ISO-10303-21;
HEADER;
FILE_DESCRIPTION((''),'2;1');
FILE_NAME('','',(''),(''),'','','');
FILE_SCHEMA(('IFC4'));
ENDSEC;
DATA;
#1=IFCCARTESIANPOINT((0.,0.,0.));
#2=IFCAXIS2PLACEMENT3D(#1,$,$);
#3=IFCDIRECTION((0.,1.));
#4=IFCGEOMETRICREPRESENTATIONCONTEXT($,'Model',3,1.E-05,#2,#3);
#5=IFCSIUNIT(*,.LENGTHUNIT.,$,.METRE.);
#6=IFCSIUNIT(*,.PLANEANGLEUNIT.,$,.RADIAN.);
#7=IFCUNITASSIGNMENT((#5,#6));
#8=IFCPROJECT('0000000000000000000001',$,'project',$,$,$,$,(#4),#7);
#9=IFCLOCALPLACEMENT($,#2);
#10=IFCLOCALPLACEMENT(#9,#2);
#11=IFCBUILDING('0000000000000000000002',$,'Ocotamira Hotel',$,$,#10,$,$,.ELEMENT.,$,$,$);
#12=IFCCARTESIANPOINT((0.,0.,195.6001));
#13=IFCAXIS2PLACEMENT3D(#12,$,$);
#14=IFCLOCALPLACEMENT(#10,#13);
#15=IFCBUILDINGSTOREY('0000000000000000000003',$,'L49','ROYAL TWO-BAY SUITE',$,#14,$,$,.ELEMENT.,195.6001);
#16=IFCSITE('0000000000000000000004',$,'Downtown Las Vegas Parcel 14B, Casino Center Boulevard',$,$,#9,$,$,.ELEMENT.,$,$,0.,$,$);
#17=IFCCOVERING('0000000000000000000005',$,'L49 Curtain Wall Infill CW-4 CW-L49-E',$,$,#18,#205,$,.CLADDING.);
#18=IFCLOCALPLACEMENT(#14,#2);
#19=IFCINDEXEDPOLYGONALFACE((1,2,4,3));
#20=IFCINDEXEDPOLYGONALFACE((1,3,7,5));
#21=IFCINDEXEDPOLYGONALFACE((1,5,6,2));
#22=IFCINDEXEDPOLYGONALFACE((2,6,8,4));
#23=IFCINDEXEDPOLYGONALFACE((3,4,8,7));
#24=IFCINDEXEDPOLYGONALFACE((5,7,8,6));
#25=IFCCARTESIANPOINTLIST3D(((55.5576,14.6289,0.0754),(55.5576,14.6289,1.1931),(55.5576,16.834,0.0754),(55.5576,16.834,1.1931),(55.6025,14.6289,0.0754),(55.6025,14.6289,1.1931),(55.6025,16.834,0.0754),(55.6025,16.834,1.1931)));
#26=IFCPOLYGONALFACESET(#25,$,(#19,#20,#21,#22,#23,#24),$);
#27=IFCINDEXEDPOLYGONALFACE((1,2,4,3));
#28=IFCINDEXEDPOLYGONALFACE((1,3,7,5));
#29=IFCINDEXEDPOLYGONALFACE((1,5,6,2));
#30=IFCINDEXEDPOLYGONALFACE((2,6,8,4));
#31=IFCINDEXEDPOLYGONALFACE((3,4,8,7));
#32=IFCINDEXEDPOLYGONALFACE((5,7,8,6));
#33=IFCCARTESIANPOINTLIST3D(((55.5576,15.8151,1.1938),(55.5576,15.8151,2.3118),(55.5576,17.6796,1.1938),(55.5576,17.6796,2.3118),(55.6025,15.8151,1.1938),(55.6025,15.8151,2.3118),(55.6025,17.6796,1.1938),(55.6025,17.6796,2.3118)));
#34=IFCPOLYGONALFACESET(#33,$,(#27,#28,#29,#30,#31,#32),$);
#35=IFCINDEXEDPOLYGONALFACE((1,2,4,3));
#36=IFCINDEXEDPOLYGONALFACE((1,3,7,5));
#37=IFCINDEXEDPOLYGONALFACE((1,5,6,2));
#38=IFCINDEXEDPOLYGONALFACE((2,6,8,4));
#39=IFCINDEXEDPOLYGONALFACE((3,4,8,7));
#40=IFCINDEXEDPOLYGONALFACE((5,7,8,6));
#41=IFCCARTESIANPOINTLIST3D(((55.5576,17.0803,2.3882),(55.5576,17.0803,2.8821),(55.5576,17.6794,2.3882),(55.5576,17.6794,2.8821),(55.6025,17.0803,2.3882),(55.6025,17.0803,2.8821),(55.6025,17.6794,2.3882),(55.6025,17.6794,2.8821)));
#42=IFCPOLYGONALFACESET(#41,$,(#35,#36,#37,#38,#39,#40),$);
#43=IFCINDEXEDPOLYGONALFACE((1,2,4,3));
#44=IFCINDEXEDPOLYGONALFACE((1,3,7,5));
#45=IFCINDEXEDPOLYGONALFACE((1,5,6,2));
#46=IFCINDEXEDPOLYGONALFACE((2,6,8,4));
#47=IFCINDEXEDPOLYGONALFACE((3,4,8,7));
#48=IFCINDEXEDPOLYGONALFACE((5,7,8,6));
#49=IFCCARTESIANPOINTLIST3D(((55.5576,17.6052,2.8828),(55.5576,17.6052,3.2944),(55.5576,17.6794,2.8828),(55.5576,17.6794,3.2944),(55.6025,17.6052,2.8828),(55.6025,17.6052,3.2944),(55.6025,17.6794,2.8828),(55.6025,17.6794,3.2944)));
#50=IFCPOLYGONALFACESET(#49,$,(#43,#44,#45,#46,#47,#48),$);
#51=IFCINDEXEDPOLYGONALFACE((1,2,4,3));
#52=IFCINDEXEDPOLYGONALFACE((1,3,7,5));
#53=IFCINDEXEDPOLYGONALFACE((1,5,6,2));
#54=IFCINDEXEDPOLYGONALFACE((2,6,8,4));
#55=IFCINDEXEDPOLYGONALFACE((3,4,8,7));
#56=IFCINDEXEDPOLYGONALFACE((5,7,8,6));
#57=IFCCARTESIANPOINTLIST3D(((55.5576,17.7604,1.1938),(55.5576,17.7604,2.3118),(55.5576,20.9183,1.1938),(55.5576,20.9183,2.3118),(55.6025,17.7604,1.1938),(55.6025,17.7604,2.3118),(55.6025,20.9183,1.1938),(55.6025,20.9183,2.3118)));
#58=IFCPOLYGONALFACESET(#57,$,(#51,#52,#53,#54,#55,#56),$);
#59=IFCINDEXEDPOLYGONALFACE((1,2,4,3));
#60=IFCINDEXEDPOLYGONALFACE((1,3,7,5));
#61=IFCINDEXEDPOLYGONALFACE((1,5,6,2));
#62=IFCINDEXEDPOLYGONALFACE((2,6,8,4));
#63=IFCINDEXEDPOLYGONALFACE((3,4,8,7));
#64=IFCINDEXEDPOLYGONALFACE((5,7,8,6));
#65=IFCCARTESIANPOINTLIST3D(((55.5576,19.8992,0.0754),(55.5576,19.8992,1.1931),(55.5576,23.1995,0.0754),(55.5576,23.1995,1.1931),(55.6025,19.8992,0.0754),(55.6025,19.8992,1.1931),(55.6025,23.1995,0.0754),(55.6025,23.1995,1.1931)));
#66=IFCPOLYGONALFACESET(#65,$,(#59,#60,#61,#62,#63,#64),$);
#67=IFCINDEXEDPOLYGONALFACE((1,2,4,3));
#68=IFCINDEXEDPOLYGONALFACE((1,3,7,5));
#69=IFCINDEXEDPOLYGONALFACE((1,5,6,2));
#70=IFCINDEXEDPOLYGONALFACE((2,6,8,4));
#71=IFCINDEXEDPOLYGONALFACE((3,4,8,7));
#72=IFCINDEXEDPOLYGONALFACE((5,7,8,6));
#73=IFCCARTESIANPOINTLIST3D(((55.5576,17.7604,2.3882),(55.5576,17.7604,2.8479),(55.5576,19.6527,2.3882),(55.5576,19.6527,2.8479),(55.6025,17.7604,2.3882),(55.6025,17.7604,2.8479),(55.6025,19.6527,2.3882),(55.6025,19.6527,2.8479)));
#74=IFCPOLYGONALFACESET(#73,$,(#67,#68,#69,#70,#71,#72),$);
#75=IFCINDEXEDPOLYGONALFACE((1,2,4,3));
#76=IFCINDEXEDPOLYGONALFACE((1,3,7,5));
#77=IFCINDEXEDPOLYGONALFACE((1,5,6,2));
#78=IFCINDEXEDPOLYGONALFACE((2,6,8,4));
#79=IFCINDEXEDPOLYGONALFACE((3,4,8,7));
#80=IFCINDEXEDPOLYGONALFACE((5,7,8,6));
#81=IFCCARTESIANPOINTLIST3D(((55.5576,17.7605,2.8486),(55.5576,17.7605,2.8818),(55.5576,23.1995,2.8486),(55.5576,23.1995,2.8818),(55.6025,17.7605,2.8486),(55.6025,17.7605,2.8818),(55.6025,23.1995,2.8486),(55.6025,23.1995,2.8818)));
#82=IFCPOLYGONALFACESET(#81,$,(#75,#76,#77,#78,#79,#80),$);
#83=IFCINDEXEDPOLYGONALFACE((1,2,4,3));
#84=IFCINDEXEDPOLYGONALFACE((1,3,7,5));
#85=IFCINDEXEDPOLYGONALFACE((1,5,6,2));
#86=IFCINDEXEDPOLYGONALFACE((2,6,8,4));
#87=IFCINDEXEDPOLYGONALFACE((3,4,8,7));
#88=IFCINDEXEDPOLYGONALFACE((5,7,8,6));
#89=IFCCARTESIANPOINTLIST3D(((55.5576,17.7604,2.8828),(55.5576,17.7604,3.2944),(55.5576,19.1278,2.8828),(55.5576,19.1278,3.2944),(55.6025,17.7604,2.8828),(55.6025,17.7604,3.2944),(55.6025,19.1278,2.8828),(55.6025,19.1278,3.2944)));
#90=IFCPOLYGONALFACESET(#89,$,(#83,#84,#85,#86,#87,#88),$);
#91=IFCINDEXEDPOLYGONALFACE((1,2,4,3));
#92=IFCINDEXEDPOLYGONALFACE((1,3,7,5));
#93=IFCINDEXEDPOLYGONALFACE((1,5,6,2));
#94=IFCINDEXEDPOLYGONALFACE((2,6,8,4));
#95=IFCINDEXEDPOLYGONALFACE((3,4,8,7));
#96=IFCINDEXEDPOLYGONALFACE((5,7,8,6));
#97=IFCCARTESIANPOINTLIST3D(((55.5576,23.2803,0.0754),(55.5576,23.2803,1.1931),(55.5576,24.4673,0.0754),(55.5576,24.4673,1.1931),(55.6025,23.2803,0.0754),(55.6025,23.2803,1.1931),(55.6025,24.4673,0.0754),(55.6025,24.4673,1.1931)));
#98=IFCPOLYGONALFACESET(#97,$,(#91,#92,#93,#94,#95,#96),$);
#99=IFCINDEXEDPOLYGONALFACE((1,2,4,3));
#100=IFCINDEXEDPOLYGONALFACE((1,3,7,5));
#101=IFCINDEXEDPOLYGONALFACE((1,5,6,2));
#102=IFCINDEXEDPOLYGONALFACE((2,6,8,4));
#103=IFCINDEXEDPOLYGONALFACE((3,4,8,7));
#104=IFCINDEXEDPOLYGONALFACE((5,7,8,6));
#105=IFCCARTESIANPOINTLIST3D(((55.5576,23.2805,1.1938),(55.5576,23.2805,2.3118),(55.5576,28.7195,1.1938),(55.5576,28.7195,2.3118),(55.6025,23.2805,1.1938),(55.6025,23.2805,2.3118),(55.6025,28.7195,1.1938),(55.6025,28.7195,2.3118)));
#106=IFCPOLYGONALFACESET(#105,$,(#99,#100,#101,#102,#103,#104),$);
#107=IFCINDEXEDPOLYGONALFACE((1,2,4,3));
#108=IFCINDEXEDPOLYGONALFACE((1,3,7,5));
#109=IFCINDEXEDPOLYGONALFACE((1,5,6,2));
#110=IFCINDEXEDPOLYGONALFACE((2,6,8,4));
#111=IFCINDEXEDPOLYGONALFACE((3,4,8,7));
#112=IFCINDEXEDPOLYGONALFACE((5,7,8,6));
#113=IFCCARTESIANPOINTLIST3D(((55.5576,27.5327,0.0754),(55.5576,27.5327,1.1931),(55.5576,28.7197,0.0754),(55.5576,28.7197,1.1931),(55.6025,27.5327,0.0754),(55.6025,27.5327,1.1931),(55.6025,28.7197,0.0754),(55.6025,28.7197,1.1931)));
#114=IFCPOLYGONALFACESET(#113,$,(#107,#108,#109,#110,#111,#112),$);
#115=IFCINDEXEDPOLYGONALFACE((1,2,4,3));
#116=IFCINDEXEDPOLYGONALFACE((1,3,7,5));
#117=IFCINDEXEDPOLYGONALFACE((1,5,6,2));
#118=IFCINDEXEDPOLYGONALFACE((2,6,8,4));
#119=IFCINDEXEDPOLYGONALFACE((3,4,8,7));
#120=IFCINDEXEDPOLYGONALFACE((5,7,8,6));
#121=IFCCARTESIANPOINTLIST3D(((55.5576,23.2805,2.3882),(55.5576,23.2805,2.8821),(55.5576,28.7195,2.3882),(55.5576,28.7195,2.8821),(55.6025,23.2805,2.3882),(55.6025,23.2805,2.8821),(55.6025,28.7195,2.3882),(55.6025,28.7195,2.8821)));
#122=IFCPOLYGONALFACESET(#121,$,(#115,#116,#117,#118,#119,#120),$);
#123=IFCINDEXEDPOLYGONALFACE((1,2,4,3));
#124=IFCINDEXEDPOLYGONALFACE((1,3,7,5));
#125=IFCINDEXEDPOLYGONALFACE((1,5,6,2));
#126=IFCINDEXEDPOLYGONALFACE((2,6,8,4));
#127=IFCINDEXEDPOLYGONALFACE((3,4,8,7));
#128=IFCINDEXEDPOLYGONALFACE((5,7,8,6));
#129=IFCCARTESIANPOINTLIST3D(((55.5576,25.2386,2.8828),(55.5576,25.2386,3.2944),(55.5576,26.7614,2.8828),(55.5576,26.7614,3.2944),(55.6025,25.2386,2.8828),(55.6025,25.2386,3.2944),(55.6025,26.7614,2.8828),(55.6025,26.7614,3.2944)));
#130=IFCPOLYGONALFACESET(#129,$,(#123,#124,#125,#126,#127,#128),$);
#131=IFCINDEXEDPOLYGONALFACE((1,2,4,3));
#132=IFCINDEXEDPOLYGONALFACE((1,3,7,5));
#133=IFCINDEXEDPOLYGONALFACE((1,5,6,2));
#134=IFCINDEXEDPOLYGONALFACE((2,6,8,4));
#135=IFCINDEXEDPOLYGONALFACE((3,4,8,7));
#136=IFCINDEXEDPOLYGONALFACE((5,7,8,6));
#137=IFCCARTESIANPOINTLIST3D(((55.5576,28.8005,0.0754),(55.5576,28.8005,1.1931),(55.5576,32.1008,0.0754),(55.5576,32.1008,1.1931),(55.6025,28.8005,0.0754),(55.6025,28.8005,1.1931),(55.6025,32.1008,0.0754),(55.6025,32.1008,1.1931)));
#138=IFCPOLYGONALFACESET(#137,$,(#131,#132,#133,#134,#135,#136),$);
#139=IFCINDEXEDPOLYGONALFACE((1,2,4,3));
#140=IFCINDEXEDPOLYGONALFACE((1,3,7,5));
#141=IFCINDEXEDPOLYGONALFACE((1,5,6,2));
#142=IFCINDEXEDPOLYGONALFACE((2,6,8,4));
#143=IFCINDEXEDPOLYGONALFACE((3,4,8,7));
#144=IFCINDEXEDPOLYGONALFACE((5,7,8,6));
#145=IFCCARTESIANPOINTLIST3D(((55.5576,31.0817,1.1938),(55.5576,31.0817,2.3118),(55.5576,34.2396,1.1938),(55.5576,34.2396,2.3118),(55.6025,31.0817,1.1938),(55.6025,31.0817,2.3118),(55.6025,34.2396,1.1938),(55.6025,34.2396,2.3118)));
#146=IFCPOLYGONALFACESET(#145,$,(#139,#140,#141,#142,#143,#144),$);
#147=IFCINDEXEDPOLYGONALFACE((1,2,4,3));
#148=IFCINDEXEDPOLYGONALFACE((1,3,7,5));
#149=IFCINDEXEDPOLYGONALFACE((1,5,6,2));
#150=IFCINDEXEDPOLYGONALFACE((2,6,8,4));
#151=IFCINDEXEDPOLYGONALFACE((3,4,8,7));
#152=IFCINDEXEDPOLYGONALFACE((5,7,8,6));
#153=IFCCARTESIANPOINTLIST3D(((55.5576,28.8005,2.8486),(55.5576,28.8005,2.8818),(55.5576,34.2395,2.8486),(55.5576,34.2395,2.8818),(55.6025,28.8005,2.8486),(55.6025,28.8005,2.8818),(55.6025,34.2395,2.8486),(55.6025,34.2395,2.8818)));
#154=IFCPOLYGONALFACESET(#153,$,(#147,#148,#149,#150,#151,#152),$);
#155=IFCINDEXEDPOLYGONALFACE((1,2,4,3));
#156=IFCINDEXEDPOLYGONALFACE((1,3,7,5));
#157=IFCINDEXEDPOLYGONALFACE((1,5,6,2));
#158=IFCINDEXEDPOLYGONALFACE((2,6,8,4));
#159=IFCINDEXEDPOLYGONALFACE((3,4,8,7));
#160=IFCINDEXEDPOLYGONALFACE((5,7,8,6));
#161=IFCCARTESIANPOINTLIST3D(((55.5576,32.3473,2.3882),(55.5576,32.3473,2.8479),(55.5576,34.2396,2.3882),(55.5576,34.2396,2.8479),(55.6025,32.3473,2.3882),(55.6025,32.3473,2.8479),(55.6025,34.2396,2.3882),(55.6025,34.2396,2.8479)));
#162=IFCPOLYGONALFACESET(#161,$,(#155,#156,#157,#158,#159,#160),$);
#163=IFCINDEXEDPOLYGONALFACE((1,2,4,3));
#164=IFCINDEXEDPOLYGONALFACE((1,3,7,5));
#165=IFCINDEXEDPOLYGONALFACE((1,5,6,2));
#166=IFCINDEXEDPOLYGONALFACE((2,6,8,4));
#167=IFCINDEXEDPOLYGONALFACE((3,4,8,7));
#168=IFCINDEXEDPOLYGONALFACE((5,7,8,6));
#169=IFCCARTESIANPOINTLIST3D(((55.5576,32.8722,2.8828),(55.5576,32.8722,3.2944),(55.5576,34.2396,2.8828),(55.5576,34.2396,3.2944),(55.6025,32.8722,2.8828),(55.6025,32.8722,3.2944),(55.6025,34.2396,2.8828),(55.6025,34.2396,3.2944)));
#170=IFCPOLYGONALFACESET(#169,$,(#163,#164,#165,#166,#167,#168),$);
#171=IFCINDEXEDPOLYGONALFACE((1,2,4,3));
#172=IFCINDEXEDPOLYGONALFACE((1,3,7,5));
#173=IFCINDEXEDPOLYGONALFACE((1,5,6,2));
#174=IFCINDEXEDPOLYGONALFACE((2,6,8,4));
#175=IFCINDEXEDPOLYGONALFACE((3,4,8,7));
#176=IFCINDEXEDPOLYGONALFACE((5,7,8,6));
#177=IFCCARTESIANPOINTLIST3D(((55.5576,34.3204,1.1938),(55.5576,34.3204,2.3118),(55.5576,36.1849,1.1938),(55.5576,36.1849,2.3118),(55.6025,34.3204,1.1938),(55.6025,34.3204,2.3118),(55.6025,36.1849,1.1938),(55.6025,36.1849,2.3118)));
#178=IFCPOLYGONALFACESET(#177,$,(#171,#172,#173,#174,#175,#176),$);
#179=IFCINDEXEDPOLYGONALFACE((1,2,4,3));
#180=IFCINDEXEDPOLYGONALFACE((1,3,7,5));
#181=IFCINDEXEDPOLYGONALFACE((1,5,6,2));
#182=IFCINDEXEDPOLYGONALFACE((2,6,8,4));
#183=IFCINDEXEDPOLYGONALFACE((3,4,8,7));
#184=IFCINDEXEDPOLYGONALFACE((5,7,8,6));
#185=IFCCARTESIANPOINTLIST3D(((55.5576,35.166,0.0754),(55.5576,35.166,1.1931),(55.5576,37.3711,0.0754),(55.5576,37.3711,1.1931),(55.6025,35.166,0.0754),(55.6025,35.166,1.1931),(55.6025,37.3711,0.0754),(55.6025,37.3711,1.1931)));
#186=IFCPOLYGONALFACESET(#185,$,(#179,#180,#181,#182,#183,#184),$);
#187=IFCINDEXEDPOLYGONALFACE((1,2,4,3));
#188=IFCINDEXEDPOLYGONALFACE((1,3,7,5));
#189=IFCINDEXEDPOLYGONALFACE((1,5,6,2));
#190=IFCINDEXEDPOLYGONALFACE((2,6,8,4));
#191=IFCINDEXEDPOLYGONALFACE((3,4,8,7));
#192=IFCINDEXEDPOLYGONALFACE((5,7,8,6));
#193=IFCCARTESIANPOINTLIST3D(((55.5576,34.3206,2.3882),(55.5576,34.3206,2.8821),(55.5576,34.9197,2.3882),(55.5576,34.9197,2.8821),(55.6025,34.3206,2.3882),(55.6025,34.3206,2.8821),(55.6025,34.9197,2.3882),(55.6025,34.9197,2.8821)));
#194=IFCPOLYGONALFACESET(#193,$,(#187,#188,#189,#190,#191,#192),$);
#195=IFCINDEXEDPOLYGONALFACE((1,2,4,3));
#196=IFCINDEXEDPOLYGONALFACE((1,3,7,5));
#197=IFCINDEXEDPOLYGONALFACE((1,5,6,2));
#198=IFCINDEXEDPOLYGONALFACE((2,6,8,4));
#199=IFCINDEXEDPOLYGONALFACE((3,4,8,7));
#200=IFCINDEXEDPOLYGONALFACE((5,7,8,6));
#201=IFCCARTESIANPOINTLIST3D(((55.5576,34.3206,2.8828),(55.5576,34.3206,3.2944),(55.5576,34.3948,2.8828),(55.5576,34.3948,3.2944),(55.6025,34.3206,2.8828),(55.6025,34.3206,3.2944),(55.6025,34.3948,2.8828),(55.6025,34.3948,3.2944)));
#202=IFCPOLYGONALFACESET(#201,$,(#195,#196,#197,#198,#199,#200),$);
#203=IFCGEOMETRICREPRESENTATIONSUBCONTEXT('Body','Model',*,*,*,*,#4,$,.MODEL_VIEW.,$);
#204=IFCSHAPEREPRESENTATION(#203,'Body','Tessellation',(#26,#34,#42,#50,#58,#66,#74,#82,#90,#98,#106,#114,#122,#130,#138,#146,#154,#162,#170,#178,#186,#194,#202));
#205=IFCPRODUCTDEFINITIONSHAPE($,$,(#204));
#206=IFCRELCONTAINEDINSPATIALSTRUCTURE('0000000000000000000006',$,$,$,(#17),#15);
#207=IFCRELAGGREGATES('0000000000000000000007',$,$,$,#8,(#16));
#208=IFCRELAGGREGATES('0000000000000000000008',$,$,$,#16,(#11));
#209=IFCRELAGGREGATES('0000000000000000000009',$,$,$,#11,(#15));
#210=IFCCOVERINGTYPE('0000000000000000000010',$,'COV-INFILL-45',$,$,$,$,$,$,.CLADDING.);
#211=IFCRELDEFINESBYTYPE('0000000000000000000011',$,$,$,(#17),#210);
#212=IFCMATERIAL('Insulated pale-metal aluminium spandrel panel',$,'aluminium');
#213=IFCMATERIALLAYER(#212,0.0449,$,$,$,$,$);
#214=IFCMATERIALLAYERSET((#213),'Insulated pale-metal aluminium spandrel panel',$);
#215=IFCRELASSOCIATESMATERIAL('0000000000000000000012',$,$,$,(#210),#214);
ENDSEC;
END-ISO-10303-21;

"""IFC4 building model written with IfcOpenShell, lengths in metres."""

from ifc_helpers import new_model, si_unit, direction, frame, origin, origin_2d, place, context, subcontext, project, spatial, rectangle, extrude, material, layer, layer_set, type_object, element, save


model = new_model("IFC4")

# Units and contexts
model_context = context("Model", 3, precision=1e-05, world=origin(), true_north=direction((0.0, 1.0)))
body_context = subcontext(model_context, "Body", "Model", "MODEL_VIEW")
ifc_project = project(units=[si_unit("LENGTHUNIT", "METRE"), si_unit("PLANEANGLEUNIT", "RADIAN")], contexts=[model_context])

# Site, building, storey
site_placement = place(None, origin())
site = spatial("IfcSite", under=ifc_project, at=site_placement, Name="Downtown Las Vegas Parcel 14B, Casino Center Boulevard", CompositionType="ELEMENT", RefElevation=0.0)
building_placement = place(site_placement, origin())
building = spatial("IfcBuilding", under=site, at=building_placement, Name="Ocotamira Hotel", CompositionType="ELEMENT")
storey_placement = place(building_placement, frame((0.0, 0.0, 195.6001)))
storey = spatial("IfcBuildingStorey", under=building, at=storey_placement, Name="L49", Description="ROYAL TWO-BAY SUITE", CompositionType="ELEMENT", Elevation=195.6001)

# Covering
ifc_material_1 = material(Name="Insulated pale-metal aluminium spandrel panel", Category="aluminium")
ifc_layer_1 = layer(ifc_material_1, 0.0449)
ifc_layer_set_1 = layer_set([ifc_layer_1], Name="Insulated pale-metal aluminium spandrel panel")
covering_type_1 = type_object("IfcCoveringType", Name="COV-INFILL-45", PredefinedType="CLADDING", material=ifc_layer_set_1)
covering_1_placement = place(storey_placement, origin())
element("IfcCovering", 1, at=covering_1_placement, inside=storey, type_object=covering_type_1, Name="L49 Curtain Wall Infill CW-4 CW-L49-E", PredefinedType="CLADDING", context=body_context, shape_type="SweptSolid", body=[
    extrude(rectangle(XDim=2.2051, YDim=0.0449, at=origin_2d()), frame((55.5801, 15.7314, 0.0754), z_axis=(0.0, 0.0, 1.0), x_axis=(0.0, 1.0, 0.0)), (0.0, 0.0, 1.0), 1.1177),
    extrude(rectangle(XDim=1.8645, YDim=0.0449, at=origin_2d()), frame((55.5801, 16.7473, 1.1938), z_axis=(0.0, 0.0, 1.0), x_axis=(0.0, 1.0, 0.0)), (0.0, 0.0, 1.0), 1.1179),
    extrude(rectangle(XDim=0.5991, YDim=0.0449, at=origin_2d()), frame((55.5801, 17.3799, 2.3882), z_axis=(0.0, 0.0, 1.0), x_axis=(0.0, 1.0, 0.0)), (0.0, 0.0, 1.0), 0.4939),
    extrude(rectangle(XDim=0.0742, YDim=0.0449, at=origin_2d()), frame((55.5801, 17.6423, 2.8828), z_axis=(0.0, 0.0, 1.0), x_axis=(0.0, 1.0, 0.0)), (0.0, 0.0, 1.0), 0.4116),
    extrude(rectangle(XDim=3.158, YDim=0.0449, at=origin_2d()), frame((55.5801, 19.3394, 1.1938), z_axis=(0.0, 0.0, 1.0), x_axis=(0.0, 1.0, 0.0)), (0.0, 0.0, 1.0), 1.1179),
    extrude(rectangle(XDim=3.3003, YDim=0.0449, at=origin_2d()), frame((55.5801, 21.5493, 0.0754), z_axis=(0.0, 0.0, 1.0), x_axis=(0.0, 1.0, 0.0)), (0.0, 0.0, 1.0), 1.1177),
    extrude(rectangle(XDim=1.8923, YDim=0.0449, at=origin_2d()), frame((55.5801, 18.7065, 2.3882), z_axis=(0.0, 0.0, 1.0), x_axis=(0.0, 1.0, 0.0)), (0.0, 0.0, 1.0), 0.4597),
    extrude(rectangle(XDim=5.439, YDim=0.0449, at=origin_2d()), frame((55.5801, 20.48, 2.8486), z_axis=(0.0, 0.0, 1.0), x_axis=(0.0, 1.0, 0.0)), (0.0, 0.0, 1.0), 0.0332),
    extrude(rectangle(XDim=1.3674, YDim=0.0449, at=origin_2d()), frame((55.5801, 18.4441, 2.8828), z_axis=(0.0, 0.0, 1.0), x_axis=(0.0, 1.0, 0.0)), (0.0, 0.0, 1.0), 0.4116),
    extrude(rectangle(XDim=1.187, YDim=0.0449, at=origin_2d()), frame((55.5801, 23.8738, 0.0754), z_axis=(0.0, 0.0, 1.0), x_axis=(0.0, 1.0, 0.0)), (0.0, 0.0, 1.0), 1.1177),
    extrude(rectangle(XDim=5.439, YDim=0.0449, at=origin_2d()), frame((55.5801, 26.0, 1.1938), z_axis=(0.0, 0.0, 1.0), x_axis=(0.0, 1.0, 0.0)), (0.0, 0.0, 1.0), 1.1179),
    extrude(rectangle(XDim=1.187, YDim=0.0449, at=origin_2d()), frame((55.5801, 28.1262, 0.0754), z_axis=(0.0, 0.0, 1.0), x_axis=(0.0, 1.0, 0.0)), (0.0, 0.0, 1.0), 1.1177),
    extrude(rectangle(XDim=5.439, YDim=0.0449, at=origin_2d()), frame((55.5801, 26.0, 2.3882), z_axis=(0.0, 0.0, 1.0), x_axis=(0.0, 1.0, 0.0)), (0.0, 0.0, 1.0), 0.4939),
    extrude(rectangle(XDim=1.5227, YDim=0.0449, at=origin_2d()), frame((55.5801, 26.0, 2.8828), z_axis=(0.0, 0.0, 1.0), x_axis=(0.0, 1.0, 0.0)), (0.0, 0.0, 1.0), 0.4116),
    extrude(rectangle(XDim=3.3003, YDim=0.0449, at=origin_2d()), frame((55.5801, 30.4507, 0.0754), z_axis=(0.0, 0.0, 1.0), x_axis=(0.0, 1.0, 0.0)), (0.0, 0.0, 1.0), 1.1177),
    extrude(rectangle(XDim=3.158, YDim=0.0449, at=origin_2d()), frame((55.5801, 32.6606, 1.1938), z_axis=(0.0, 0.0, 1.0), x_axis=(0.0, 1.0, 0.0)), (0.0, 0.0, 1.0), 1.1179),
    extrude(rectangle(XDim=5.439, YDim=0.0449, at=origin_2d()), frame((55.5801, 31.52, 2.8486), z_axis=(0.0, 0.0, 1.0), x_axis=(0.0, 1.0, 0.0)), (0.0, 0.0, 1.0), 0.0332),
    extrude(rectangle(XDim=1.8923, YDim=0.0449, at=origin_2d()), frame((55.5801, 33.2935, 2.3882), z_axis=(0.0, 0.0, 1.0), x_axis=(0.0, 1.0, 0.0)), (0.0, 0.0, 1.0), 0.4597),
    extrude(rectangle(XDim=1.3674, YDim=0.0449, at=origin_2d()), frame((55.5801, 33.5559, 2.8828), z_axis=(0.0, 0.0, 1.0), x_axis=(0.0, 1.0, 0.0)), (0.0, 0.0, 1.0), 0.4116),
    extrude(rectangle(XDim=1.8645, YDim=0.0449, at=origin_2d()), frame((55.5801, 35.2527, 1.1938), z_axis=(0.0, 0.0, 1.0), x_axis=(0.0, 1.0, 0.0)), (0.0, 0.0, 1.0), 1.1179),
    extrude(rectangle(XDim=2.2051, YDim=0.0449, at=origin_2d()), frame((55.5801, 36.2686, 0.0754), z_axis=(0.0, 0.0, 1.0), x_axis=(0.0, 1.0, 0.0)), (0.0, 0.0, 1.0), 1.1177),
    extrude(rectangle(XDim=0.5991, YDim=0.0449, at=origin_2d()), frame((55.5801, 34.6201, 2.3882), z_axis=(0.0, 0.0, 1.0), x_axis=(0.0, 1.0, 0.0)), (0.0, 0.0, 1.0), 0.4939),
    extrude(rectangle(XDim=0.0742, YDim=0.0449, at=origin_2d()), frame((55.5801, 34.3577, 2.8828), z_axis=(0.0, 0.0, 1.0), x_axis=(0.0, 1.0, 0.0)), (0.0, 0.0, 1.0), 0.4116),
])

save(model, "model.ifc")
